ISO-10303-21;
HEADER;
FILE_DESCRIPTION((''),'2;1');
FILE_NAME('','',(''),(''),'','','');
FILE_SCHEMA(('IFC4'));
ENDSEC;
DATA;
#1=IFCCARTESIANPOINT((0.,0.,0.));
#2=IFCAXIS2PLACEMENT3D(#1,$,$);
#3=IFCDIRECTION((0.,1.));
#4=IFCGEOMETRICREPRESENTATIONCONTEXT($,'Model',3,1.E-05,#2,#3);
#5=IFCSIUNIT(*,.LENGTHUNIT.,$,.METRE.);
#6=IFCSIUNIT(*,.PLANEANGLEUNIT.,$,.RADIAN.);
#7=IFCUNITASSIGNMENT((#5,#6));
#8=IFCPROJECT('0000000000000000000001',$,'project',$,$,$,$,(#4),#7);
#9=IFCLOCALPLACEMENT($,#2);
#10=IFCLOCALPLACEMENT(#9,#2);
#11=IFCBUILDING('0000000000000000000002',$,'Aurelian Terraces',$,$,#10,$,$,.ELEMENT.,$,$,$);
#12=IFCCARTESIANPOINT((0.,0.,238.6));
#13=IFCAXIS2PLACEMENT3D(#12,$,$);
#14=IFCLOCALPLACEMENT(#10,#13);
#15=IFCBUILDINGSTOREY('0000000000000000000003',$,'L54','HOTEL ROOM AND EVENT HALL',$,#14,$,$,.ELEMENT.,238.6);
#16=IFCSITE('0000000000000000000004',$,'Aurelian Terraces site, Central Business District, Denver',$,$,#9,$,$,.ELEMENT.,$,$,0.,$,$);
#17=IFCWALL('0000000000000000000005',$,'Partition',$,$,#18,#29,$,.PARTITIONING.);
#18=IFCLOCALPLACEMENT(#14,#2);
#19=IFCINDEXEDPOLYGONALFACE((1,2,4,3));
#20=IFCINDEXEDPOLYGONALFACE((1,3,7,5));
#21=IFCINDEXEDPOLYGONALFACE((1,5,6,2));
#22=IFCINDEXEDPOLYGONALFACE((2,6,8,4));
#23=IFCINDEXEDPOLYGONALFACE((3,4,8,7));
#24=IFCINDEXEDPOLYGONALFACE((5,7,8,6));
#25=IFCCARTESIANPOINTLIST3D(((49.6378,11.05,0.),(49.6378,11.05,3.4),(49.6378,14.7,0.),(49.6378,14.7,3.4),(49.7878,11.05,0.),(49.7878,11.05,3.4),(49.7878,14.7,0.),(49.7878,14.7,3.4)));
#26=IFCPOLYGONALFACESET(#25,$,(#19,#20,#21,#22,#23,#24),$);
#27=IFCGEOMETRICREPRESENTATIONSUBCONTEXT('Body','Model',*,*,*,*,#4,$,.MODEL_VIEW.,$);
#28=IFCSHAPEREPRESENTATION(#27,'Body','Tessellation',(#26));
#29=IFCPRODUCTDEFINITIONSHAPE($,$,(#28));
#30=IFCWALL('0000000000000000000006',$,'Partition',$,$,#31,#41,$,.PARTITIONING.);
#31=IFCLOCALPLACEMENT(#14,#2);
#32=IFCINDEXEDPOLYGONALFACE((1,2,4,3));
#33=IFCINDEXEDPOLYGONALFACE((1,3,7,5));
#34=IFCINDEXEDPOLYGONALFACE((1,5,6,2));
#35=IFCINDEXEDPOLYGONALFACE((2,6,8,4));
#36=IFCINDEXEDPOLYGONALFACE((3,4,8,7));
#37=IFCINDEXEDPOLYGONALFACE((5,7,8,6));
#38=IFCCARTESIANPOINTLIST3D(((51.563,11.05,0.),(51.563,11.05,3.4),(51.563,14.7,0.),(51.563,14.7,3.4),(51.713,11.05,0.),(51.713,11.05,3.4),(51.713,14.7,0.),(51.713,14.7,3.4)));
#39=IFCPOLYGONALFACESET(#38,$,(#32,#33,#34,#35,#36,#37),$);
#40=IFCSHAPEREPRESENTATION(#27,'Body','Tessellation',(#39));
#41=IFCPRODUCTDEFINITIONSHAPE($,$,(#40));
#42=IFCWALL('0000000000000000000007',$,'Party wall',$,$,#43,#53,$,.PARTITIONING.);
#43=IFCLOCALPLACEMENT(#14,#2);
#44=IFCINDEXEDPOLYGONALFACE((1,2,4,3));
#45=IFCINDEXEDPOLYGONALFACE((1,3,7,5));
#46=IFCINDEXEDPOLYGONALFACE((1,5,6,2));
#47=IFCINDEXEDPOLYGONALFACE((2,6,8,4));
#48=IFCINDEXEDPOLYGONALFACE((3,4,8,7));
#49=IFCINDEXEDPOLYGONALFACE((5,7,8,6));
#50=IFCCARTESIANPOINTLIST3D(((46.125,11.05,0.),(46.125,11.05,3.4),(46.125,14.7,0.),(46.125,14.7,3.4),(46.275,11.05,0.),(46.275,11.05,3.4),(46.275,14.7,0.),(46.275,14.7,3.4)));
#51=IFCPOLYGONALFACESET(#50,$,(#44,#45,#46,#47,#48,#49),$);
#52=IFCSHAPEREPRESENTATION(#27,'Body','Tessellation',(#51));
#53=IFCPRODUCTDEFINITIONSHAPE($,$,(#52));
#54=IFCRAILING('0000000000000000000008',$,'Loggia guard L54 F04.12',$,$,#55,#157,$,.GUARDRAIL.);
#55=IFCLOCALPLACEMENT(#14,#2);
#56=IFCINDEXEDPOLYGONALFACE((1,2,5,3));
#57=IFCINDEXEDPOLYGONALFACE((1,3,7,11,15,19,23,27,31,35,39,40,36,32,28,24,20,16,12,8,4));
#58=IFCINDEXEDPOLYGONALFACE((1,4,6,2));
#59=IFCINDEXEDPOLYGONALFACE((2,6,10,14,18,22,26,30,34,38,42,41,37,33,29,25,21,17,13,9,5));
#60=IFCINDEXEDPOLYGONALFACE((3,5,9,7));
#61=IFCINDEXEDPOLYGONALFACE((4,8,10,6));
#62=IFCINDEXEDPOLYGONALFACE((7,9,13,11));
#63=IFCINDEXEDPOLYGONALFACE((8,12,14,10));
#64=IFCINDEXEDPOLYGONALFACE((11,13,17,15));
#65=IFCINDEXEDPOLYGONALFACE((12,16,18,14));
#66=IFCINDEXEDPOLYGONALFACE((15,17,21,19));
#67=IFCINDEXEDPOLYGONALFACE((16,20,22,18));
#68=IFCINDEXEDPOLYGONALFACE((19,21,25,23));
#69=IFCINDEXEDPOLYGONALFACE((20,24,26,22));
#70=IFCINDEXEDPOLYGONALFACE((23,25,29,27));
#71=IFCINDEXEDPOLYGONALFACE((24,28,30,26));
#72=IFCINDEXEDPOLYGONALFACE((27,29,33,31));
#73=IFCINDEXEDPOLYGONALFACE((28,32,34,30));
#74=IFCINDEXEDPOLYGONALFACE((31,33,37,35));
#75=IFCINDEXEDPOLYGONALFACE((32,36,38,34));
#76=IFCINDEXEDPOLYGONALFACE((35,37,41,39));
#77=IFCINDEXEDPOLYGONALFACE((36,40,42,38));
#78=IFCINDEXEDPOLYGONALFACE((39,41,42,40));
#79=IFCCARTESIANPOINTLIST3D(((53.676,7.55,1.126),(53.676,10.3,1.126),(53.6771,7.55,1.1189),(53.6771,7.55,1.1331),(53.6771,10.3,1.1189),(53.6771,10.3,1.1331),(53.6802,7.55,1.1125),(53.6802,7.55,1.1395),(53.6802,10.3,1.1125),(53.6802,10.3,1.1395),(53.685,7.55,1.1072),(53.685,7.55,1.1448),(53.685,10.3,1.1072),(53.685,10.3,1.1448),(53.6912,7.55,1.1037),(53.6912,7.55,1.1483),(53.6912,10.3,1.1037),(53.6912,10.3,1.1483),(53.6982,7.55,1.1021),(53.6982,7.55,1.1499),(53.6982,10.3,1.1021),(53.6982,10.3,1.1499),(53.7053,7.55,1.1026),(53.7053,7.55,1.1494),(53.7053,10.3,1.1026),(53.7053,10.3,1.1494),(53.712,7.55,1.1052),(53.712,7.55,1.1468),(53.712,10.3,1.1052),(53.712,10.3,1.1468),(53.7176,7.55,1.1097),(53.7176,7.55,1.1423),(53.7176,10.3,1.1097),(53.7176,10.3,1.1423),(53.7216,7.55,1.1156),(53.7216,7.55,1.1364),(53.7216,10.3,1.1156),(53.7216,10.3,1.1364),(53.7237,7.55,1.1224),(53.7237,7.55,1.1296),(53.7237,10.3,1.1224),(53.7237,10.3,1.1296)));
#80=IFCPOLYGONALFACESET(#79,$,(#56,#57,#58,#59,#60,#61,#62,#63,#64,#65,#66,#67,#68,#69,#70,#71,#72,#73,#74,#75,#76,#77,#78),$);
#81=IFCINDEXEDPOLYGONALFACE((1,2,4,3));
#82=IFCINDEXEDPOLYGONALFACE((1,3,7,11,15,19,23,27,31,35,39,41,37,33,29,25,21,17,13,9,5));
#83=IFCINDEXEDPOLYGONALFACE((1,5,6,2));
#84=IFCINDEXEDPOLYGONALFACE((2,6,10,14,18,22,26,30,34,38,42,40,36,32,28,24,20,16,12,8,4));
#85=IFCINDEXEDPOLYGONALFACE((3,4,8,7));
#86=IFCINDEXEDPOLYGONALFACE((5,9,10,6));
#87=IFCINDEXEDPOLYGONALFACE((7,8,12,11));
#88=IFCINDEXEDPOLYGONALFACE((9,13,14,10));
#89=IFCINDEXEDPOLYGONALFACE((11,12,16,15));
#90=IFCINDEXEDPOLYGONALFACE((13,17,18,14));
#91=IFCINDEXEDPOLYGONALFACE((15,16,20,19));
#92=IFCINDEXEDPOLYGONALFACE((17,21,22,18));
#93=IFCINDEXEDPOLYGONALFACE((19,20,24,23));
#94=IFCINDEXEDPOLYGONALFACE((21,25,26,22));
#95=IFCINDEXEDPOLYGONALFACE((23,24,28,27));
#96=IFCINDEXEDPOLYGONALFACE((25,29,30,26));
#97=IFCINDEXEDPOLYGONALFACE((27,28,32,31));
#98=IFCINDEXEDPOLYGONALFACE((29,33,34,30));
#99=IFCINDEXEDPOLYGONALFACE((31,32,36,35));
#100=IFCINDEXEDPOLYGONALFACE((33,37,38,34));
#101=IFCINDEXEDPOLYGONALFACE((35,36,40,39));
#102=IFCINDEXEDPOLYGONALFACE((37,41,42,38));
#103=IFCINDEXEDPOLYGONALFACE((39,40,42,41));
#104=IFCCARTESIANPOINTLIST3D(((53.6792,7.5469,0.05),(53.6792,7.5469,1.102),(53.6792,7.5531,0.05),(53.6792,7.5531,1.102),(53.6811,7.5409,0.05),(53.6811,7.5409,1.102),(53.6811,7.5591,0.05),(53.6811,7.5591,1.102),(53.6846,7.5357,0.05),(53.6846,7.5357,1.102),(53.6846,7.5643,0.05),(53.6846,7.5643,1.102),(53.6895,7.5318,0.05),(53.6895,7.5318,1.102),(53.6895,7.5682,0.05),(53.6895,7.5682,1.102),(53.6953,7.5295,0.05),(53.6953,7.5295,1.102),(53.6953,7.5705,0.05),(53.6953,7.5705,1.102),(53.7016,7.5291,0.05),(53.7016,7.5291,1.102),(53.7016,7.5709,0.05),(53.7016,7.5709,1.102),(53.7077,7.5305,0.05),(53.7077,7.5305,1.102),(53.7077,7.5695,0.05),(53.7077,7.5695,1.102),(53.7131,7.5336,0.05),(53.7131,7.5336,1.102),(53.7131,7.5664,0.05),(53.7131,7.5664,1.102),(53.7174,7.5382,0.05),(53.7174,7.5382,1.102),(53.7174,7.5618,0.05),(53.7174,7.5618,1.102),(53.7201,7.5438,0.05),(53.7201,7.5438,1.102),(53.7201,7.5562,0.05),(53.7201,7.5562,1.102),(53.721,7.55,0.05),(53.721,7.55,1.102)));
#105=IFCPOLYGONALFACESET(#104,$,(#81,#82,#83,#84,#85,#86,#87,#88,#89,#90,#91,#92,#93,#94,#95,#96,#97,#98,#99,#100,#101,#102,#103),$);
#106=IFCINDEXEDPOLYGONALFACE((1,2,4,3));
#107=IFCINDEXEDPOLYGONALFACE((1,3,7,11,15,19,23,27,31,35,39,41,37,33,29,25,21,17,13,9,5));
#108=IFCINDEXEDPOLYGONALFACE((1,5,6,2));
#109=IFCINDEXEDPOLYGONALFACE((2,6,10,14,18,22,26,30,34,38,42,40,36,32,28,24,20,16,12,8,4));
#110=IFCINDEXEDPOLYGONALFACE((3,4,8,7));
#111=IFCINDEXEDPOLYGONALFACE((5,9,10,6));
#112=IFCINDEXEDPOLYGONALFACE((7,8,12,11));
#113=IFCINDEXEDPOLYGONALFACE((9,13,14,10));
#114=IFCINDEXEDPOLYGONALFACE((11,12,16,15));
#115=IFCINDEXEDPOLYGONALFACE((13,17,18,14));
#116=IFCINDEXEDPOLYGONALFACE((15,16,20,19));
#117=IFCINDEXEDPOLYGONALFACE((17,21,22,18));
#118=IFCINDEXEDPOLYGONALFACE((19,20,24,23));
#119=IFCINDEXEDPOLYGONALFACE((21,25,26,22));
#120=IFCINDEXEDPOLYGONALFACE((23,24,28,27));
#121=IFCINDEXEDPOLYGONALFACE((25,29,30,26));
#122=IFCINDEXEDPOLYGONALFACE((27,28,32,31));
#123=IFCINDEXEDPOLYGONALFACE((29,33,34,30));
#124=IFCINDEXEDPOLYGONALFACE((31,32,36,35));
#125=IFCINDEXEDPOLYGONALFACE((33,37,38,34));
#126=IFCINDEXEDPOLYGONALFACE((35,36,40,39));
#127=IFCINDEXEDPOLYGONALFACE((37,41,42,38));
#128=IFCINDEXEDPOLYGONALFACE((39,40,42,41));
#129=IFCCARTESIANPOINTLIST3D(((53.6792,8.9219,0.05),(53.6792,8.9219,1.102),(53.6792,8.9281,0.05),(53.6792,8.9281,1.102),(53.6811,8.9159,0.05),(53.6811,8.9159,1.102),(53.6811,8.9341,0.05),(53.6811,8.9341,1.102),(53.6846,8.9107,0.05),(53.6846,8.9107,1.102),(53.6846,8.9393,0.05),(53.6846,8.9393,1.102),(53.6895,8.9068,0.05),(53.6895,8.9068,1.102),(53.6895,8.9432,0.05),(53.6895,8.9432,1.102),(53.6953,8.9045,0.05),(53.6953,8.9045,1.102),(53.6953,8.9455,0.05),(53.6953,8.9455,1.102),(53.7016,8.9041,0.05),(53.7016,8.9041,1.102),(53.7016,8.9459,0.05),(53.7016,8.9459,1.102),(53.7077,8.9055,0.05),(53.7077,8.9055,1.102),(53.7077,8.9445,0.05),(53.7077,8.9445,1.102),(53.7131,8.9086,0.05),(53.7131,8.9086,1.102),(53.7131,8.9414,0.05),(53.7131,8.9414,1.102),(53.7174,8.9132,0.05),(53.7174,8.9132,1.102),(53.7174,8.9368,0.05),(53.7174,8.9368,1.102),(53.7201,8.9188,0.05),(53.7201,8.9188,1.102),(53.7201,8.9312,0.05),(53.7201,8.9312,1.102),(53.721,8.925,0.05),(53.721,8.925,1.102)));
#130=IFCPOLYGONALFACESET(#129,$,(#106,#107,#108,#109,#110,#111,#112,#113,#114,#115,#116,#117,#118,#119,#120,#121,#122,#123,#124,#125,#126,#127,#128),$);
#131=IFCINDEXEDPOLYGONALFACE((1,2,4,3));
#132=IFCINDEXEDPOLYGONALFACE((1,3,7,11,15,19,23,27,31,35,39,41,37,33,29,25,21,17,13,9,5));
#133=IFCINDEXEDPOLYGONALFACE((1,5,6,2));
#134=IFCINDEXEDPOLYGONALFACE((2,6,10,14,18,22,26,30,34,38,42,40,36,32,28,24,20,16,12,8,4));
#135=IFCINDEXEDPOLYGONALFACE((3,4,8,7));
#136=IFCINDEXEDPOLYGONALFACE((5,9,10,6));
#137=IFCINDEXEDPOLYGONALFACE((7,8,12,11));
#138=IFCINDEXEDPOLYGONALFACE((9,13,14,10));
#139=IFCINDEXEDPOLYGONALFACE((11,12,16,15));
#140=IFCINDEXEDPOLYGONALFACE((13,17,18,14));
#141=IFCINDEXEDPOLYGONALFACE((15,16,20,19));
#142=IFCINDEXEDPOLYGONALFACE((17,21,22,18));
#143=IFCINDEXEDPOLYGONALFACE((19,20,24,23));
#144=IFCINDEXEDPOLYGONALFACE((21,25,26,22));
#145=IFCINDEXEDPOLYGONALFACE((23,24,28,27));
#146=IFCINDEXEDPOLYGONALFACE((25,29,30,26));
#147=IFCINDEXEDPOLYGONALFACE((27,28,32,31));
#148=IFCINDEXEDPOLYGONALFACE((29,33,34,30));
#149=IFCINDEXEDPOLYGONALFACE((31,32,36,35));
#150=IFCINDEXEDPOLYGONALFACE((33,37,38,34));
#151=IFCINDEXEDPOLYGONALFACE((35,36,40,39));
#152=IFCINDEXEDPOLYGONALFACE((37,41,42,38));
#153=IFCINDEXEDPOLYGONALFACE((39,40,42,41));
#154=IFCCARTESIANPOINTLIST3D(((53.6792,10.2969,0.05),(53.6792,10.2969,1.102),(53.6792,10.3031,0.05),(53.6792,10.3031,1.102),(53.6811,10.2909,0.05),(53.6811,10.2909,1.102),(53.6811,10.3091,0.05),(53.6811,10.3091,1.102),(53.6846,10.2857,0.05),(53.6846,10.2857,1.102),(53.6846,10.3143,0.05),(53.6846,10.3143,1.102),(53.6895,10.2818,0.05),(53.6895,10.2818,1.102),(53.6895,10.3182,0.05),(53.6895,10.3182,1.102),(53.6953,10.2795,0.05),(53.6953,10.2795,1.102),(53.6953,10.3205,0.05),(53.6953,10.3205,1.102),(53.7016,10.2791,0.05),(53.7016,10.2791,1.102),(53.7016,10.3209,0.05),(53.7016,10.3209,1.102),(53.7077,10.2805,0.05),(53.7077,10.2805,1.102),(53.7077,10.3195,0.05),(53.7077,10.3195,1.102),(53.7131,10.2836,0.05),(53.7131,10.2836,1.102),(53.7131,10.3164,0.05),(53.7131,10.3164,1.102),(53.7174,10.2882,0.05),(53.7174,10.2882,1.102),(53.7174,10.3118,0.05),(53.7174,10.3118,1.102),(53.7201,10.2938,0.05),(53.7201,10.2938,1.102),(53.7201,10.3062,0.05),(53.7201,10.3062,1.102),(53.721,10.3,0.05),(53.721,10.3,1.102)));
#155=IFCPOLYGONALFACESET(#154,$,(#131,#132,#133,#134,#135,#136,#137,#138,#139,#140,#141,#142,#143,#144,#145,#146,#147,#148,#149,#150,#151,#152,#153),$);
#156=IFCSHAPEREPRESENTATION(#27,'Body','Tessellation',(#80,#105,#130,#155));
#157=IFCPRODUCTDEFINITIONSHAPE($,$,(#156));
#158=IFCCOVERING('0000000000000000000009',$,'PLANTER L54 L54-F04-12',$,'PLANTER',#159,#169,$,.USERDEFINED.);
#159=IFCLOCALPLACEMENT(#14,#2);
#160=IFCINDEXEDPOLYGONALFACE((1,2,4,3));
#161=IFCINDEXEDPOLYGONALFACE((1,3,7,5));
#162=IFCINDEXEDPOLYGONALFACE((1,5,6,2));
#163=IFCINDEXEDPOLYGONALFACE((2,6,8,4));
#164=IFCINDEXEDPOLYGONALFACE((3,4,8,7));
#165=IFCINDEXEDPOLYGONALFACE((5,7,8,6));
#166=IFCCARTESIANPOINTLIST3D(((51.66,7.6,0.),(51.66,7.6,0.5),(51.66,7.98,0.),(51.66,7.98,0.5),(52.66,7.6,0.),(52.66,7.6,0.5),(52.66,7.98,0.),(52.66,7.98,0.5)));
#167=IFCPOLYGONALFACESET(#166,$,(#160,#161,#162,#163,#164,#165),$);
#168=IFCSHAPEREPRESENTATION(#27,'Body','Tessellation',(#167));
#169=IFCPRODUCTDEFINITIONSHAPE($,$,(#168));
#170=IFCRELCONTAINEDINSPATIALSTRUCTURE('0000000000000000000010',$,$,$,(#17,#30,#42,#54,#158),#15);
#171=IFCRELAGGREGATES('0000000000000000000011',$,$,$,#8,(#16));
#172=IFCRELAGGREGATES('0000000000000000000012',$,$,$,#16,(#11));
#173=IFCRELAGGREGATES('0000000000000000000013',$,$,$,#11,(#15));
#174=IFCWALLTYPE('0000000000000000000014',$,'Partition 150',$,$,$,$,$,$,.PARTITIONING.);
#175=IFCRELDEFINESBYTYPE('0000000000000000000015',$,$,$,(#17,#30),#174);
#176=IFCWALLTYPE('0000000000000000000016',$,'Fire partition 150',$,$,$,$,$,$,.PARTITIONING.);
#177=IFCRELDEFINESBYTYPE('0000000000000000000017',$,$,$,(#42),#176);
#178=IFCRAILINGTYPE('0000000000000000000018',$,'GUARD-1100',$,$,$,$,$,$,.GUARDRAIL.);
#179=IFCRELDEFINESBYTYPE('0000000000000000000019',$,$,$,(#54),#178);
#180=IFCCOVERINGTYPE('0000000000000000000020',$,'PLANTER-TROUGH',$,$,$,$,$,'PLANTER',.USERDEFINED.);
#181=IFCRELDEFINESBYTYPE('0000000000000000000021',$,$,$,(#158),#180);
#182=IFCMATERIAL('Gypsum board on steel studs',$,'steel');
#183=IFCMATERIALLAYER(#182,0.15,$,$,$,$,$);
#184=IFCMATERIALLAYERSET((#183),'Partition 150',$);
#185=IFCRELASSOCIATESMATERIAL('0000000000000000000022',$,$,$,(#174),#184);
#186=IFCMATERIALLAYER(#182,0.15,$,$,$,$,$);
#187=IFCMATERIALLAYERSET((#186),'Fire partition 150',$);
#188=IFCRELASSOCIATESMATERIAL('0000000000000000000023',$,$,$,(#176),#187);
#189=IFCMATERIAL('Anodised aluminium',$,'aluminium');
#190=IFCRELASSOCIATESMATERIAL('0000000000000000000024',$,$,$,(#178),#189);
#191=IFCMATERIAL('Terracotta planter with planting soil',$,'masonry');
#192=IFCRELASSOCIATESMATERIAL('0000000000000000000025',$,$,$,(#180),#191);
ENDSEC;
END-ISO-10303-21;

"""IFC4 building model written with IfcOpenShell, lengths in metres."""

from ifc_helpers import new_model, si_unit, direction, frame, frame_2d, origin, origin_2d, place, context, subcontext, project, spatial, rectangle, circle, extrude, source, transform, mapped, material, layer, layer_set, type_object, element, save


model = new_model("IFC4")

# Units and contexts
model_context = context("Model", 3, precision=1e-05, world=origin(), true_north=direction((0.0, 1.0)))
body_context = subcontext(model_context, "Body", "Model", "MODEL_VIEW")
ifc_project = project(units=[si_unit("LENGTHUNIT", "METRE"), si_unit("PLANEANGLEUNIT", "RADIAN")], contexts=[model_context])

# Site, building, storey
site_placement = place(None, origin())
site = spatial("IfcSite", under=ifc_project, at=site_placement, Name="Aurelian Terraces site, Central Business District, Denver", CompositionType="ELEMENT", RefElevation=0.0)
building_placement = place(site_placement, origin())
building = spatial("IfcBuilding", under=site, at=building_placement, Name="Aurelian Terraces", CompositionType="ELEMENT")
storey_placement = place(building_placement, frame((0.0, 0.0, 238.6)))
storey = spatial("IfcBuildingStorey", under=building, at=storey_placement, Name="L54", Description="HOTEL ROOM AND EVENT HALL", CompositionType="ELEMENT", Elevation=238.6)

# Shared definitions
ifc_material_1 = material(Name="Gypsum board on steel studs", Category="steel")
ifc_layer_1 = layer(ifc_material_1, 0.15)
ifc_layer_set_1 = layer_set([ifc_layer_1], Name="Partition 150")
wall_type_1 = type_object("IfcWallType", Name="Partition 150", PredefinedType="PARTITIONING", material=ifc_layer_set_1)

# Shared definitions
ifc_layer_2 = layer(ifc_material_1, 0.15)
ifc_layer_set_2 = layer_set([ifc_layer_2], Name="Fire partition 150")
wall_type_2 = type_object("IfcWallType", Name="Fire partition 150", PredefinedType="PARTITIONING", material=ifc_layer_set_2)

# Walls
shared_shape_1 = source(origin(), body_context, "Body", "SweptSolid", [
    extrude(rectangle(XDim=3.65, YDim=0.15, at=frame_2d((1.825, 0.0))), origin(), (0.0, 0.0, 1.0), 3.4),
])
for number, where, z_axis, x_axis, name in (
    (1, (49.7128, 11.05, 0.0), (0.0, 0.0, 1.0), (0.0, 1.0, 0.0), "Partition"),
    (2, (51.638, 11.05, 0.0), (0.0, 0.0, 1.0), (0.0, 1.0, 0.0), "Partition"),
):
    element("IfcWall", number, at=place(storey_placement, frame(where, z_axis=z_axis, x_axis=x_axis)), inside=storey, type_object=wall_type_1, Name=name, PredefinedType="PARTITIONING", context=body_context, shape_type="MappedRepresentation", body=[
        mapped(shared_shape_1, transform((0.0, 0.0, 0.0), scale=1.0)),
    ])
wall_1_placement = place(storey_placement, frame((46.2, 11.05, 0.0), z_axis=(0.0, 0.0, 1.0), x_axis=(0.0, 1.0, 0.0)))
element("IfcWall", 3, at=wall_1_placement, inside=storey, type_object=wall_type_2, Name="Party wall", PredefinedType="PARTITIONING", context=body_context, shape_type="MappedRepresentation", body=[
    mapped(shared_shape_1, transform((0.0, 0.0, 0.0), scale=1.0)),
])

# Railing
ifc_material_2 = material(Name="Anodised aluminium", Category="aluminium")
railing_type = type_object("IfcRailingType", Name="GUARD-1100", PredefinedType="GUARDRAIL", material=ifc_material_2)
shared_shape_2 = source(origin(), body_context, "Body", "SweptSolid", [
    extrude(circle(Radius=0.024, at=origin_2d()), frame((0.0, 0.0, 1.076), z_axis=(0.0, 1.0, 0.0), x_axis=(-1.0, 0.0, 0.0)), (0.0, 0.0, 1.0), 2.75),
    extrude(circle(Radius=0.021, at=origin_2d()), origin(), (0.0, 0.0, 1.0), 1.052),
    extrude(circle(Radius=0.021, at=origin_2d()), frame((0.0, 1.375, 0.0)), (0.0, 0.0, 1.0), 1.052),
    extrude(circle(Radius=0.021, at=origin_2d()), frame((0.0, 2.75, 0.0)), (0.0, 0.0, 1.0), 1.052),
])
railing_placement = place(storey_placement, frame((53.7, 7.55, 0.05)))
element("IfcRailing", 4, at=railing_placement, inside=storey, type_object=railing_type, Name="Loggia guard L54 F04.12", PredefinedType="GUARDRAIL", context=body_context, shape_type="MappedRepresentation", body=[
    mapped(shared_shape_2, transform((0.0, 0.0, 0.0), scale=1.0)),
])

# Covering
ifc_material_3 = material(Name="Terracotta planter with planting soil", Category="masonry")
covering_type = type_object("IfcCoveringType", Name="PLANTER-TROUGH", ElementType="PLANTER", PredefinedType="USERDEFINED", material=ifc_material_3)
shared_shape_3 = source(origin(), body_context, "Body", "SweptSolid", [
    extrude(rectangle(XDim=1.0, YDim=0.38, at=origin_2d()), origin(), (0.0, 0.0, 1.0), 0.5),
])
covering_placement = place(storey_placement, frame((52.16, 7.79, 0.0), z_axis=(0.0, 0.0, 1.0), x_axis=(1.0, 0.0, 0.0)))
element("IfcCovering", 5, at=covering_placement, inside=storey, type_object=covering_type, Name="PLANTER L54 L54-F04-12", ObjectType="PLANTER", PredefinedType="USERDEFINED", context=body_context, shape_type="MappedRepresentation", body=[
    mapped(shared_shape_3, transform((0.0, 0.0, 0.0), scale=1.0)),
])

save(model, "model.ifc")
